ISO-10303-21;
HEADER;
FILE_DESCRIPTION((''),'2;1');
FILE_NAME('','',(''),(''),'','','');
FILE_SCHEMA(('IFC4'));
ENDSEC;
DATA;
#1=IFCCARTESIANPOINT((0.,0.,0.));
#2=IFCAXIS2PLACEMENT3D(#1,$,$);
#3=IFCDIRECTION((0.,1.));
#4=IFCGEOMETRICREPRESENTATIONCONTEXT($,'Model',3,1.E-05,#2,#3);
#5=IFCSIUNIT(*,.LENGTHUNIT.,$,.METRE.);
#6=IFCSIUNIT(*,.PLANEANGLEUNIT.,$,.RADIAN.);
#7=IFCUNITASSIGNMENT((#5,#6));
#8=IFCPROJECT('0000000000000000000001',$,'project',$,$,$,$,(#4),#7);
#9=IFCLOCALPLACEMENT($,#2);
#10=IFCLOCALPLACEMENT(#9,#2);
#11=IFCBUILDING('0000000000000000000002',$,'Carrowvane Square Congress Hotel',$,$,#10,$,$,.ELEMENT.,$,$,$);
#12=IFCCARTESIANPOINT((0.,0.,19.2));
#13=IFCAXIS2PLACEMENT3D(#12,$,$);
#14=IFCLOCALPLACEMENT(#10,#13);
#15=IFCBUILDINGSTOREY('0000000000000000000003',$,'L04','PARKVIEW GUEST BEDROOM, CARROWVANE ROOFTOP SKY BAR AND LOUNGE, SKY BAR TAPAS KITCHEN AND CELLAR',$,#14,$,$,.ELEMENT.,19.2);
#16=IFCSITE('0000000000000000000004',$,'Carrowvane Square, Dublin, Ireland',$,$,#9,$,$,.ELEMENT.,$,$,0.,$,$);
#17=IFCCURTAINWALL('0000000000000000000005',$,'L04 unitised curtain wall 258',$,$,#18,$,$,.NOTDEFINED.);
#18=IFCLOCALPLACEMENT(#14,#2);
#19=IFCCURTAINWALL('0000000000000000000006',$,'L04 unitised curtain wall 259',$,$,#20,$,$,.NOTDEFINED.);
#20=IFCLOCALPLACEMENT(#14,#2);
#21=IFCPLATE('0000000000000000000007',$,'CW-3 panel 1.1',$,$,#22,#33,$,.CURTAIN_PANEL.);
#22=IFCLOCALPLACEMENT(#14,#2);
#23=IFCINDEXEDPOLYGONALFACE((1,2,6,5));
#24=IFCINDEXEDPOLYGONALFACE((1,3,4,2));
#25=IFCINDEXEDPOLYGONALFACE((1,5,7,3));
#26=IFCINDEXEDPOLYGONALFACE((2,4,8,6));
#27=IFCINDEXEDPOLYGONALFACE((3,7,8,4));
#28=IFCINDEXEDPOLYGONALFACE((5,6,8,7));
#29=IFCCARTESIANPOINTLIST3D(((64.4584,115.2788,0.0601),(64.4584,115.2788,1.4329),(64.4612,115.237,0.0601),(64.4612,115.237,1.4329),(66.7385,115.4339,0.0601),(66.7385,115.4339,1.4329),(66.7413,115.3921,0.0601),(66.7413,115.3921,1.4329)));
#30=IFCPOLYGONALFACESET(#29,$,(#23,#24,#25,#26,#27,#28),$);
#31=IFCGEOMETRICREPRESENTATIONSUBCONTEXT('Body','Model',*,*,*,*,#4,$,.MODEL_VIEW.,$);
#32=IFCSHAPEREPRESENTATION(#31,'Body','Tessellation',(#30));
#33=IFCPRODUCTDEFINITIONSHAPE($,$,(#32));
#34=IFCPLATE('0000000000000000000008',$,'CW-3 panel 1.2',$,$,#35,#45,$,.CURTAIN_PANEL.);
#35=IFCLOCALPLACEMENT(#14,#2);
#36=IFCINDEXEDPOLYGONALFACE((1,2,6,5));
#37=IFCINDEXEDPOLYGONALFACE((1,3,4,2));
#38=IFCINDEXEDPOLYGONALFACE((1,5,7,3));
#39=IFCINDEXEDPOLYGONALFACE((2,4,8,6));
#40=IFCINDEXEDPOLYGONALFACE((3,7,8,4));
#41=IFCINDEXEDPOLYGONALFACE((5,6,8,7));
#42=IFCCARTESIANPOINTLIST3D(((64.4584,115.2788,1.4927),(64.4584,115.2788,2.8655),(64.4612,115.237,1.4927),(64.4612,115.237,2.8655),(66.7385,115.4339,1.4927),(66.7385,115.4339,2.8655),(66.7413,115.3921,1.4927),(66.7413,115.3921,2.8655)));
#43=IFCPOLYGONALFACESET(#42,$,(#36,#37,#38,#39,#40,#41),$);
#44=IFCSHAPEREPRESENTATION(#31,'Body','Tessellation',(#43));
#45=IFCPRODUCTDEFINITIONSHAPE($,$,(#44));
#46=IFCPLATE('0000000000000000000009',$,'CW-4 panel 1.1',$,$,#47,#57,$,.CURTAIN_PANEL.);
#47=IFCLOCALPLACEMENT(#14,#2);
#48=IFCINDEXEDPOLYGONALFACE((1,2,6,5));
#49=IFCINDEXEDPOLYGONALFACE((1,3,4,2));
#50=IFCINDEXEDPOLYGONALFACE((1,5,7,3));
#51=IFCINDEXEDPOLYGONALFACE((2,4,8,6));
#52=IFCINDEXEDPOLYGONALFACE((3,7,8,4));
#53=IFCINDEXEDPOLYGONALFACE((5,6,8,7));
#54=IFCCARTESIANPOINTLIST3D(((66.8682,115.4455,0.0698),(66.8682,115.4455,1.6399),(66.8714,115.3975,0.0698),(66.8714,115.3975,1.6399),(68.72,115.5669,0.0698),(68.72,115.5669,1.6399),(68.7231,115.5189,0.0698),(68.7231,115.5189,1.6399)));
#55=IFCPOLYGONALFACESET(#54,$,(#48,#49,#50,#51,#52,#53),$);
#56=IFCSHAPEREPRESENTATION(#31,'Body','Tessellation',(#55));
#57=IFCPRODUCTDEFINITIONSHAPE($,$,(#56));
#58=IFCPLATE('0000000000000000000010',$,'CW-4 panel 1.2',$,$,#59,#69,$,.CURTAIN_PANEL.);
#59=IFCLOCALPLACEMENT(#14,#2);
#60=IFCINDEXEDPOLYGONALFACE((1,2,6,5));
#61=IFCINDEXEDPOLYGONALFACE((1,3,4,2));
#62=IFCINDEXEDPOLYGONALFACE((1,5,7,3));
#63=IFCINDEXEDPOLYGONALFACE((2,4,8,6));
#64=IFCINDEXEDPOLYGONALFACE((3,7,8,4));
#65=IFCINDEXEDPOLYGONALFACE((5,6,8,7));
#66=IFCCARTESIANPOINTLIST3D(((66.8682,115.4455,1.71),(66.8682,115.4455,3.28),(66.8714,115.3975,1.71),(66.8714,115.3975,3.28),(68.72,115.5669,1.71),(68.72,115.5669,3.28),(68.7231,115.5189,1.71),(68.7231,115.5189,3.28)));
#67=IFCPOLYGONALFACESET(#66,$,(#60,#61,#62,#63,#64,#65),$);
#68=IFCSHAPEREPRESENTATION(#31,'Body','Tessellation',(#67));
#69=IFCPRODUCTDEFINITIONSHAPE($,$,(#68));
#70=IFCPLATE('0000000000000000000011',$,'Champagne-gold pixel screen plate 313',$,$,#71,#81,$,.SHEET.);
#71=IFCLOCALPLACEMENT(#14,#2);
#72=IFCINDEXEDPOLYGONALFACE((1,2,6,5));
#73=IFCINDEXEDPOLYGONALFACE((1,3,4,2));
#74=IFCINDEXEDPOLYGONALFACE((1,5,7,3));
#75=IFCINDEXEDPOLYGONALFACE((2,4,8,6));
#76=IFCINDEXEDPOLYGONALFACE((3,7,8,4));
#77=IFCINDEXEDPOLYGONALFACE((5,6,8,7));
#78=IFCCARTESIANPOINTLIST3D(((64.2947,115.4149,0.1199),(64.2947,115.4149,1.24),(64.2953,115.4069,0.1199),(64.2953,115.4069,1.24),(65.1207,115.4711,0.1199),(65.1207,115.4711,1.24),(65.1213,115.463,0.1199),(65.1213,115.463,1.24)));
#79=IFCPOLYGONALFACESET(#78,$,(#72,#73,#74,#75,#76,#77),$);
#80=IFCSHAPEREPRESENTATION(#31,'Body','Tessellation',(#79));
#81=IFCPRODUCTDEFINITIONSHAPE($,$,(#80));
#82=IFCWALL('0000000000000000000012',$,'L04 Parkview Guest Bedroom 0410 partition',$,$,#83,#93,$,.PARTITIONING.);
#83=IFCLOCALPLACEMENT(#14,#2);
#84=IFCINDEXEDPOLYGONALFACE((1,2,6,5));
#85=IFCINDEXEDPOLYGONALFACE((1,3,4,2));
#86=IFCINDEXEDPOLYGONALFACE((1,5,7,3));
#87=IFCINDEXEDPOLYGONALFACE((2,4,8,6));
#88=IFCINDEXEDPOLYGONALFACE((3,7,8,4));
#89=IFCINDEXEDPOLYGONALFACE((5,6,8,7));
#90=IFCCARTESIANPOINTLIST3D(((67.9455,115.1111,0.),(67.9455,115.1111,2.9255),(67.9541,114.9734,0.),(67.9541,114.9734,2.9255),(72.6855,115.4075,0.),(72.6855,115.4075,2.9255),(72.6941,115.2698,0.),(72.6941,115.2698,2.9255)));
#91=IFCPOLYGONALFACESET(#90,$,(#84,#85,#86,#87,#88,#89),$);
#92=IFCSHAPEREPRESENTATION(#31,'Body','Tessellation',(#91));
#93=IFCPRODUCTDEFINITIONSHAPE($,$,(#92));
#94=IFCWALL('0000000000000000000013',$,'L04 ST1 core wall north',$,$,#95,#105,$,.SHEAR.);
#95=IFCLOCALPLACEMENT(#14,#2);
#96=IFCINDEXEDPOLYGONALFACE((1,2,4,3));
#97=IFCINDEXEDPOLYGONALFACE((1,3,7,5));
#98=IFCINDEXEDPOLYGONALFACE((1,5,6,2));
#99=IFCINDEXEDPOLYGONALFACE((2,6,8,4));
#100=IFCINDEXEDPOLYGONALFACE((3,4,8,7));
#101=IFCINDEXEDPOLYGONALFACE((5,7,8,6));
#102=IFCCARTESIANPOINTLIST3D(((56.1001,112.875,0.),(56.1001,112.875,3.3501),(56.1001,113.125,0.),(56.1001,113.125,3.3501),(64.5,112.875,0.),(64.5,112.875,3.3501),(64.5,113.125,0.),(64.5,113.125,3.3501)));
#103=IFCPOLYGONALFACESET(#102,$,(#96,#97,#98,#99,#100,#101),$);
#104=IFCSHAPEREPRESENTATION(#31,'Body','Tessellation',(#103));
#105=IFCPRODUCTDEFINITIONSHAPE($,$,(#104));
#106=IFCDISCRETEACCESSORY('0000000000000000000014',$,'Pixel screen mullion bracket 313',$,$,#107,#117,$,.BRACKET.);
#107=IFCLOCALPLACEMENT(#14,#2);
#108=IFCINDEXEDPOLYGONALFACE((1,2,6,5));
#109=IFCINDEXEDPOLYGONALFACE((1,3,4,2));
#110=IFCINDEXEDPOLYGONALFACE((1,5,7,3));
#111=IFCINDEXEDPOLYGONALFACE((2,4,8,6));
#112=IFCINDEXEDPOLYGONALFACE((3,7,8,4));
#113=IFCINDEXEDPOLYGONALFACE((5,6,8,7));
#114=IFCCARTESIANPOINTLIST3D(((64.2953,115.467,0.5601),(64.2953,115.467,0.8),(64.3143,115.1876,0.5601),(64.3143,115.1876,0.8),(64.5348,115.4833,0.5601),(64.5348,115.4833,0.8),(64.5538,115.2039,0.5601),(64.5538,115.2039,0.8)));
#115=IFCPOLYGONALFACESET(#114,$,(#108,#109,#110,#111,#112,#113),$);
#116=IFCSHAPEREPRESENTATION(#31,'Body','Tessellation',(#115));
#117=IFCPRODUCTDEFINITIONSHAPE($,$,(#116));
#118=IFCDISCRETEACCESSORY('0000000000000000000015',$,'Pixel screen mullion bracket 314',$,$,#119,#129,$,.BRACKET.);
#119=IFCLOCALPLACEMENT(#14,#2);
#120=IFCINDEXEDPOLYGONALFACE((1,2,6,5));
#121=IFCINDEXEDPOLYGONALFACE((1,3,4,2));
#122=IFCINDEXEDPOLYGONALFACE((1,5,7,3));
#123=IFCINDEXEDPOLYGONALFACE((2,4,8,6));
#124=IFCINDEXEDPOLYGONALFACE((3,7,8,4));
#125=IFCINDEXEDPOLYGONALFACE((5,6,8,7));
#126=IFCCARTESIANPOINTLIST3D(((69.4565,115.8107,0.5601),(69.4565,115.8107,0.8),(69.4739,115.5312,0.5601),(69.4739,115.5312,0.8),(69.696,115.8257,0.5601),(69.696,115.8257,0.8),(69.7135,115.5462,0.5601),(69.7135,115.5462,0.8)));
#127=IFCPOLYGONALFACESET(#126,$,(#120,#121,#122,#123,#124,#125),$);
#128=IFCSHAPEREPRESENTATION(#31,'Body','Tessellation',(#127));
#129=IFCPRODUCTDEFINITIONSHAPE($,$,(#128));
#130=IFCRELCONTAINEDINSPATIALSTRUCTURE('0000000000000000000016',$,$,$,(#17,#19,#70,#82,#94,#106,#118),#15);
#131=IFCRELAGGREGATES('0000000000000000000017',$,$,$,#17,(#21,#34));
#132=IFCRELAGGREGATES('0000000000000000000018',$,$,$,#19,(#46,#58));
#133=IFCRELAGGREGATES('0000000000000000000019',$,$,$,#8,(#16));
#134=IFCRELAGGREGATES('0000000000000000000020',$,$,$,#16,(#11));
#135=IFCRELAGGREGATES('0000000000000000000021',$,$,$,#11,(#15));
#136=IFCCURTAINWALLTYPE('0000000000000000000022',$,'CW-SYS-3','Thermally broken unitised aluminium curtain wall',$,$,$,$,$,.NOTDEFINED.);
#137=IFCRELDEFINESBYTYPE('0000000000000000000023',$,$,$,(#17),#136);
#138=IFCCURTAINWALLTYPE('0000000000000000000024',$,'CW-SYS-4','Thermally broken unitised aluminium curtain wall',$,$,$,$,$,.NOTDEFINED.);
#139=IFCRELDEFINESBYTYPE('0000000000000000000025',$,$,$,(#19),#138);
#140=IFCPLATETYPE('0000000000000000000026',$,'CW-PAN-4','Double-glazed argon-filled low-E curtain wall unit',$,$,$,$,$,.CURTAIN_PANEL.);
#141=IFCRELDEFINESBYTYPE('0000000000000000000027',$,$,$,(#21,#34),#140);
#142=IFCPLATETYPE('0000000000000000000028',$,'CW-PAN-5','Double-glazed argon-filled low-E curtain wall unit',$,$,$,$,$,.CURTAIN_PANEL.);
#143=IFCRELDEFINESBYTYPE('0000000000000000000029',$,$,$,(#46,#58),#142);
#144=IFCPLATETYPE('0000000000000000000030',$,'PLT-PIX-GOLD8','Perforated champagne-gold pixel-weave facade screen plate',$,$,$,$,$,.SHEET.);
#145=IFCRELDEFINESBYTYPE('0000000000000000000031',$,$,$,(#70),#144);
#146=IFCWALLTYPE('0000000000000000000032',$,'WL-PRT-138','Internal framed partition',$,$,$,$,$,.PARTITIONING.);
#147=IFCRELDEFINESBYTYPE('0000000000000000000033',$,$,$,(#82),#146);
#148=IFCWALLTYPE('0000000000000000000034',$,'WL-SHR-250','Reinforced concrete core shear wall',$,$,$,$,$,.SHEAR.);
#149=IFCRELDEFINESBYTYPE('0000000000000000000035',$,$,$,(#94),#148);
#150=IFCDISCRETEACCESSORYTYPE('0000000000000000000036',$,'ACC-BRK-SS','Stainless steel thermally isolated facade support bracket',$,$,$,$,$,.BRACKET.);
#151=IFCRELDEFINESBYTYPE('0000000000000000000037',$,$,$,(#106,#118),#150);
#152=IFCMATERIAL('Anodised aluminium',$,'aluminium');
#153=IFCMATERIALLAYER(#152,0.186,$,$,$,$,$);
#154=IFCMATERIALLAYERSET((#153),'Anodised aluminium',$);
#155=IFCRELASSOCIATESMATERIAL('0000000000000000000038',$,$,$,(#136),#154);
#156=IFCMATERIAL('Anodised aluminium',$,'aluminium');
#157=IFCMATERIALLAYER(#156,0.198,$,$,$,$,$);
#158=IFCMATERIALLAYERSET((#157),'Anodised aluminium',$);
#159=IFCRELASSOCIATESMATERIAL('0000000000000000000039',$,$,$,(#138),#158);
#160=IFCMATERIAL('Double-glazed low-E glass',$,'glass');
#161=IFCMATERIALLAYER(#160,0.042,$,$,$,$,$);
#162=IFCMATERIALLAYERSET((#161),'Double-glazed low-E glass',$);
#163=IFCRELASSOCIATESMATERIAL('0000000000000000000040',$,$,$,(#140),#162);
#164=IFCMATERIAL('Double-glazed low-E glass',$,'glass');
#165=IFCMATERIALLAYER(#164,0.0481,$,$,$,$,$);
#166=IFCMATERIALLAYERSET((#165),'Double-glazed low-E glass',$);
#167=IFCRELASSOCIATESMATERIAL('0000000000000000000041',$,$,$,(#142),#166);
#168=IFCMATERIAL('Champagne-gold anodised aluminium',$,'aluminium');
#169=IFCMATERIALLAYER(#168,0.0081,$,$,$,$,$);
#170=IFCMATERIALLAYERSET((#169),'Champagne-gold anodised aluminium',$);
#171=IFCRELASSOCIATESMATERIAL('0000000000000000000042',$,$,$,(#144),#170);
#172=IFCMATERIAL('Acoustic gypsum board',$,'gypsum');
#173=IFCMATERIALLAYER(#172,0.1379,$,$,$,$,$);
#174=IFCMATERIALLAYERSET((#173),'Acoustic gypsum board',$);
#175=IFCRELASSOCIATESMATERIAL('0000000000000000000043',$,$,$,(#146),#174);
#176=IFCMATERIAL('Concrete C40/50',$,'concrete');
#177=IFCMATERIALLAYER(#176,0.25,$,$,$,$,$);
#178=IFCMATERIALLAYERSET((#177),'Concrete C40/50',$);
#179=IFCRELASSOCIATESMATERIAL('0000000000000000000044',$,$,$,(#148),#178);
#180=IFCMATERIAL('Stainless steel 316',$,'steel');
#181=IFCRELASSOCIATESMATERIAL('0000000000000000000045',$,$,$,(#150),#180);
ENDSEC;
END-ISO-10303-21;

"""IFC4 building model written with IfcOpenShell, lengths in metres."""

from ifc_helpers import new_model, si_unit, direction, frame, frame_2d, origin, origin_2d, place, context, subcontext, project, spatial, rectangle, extrude, material, layer, layer_set, type_object, element, aggregate, save


model = new_model("IFC4")

# Units and contexts
model_context = context("Model", 3, precision=1e-05, world=origin(), true_north=direction((0.0, 1.0)))
body_context = subcontext(model_context, "Body", "Model", "MODEL_VIEW")
ifc_project = project(units=[si_unit("LENGTHUNIT", "METRE"), si_unit("PLANEANGLEUNIT", "RADIAN")], contexts=[model_context])

# Site, building, storey
site_placement = place(None, origin())
site = spatial("IfcSite", under=ifc_project, at=site_placement, Name="Carrowvane Square, Dublin, Ireland", CompositionType="ELEMENT", RefElevation=0.0)
building_placement = place(site_placement, origin())
building = spatial("IfcBuilding", under=site, at=building_placement, Name="Carrowvane Square Congress Hotel", CompositionType="ELEMENT")
storey_placement = place(building_placement, frame((0.0, 0.0, 19.2)))
storey = spatial("IfcBuildingStorey", under=building, at=storey_placement, Name="L04", Description="PARKVIEW GUEST BEDROOM, CARROWVANE ROOFTOP SKY BAR AND LOUNGE, SKY BAR TAPAS KITCHEN AND CELLAR", CompositionType="ELEMENT", Elevation=19.2)

# Curtain wall
ifc_material_1 = material(Name="Anodised aluminium", Category="aluminium")
ifc_layer_1 = layer(ifc_material_1, 0.186)
ifc_layer_set_1 = layer_set([ifc_layer_1], Name="Anodised aluminium")
curtain_wall_type_1 = type_object("IfcCurtainWallType", Name="CW-SYS-3", Description="Thermally broken unitised aluminium curtain wall", PredefinedType="NOTDEFINED", material=ifc_layer_set_1)
curtain_wall_1_placement = place(storey_placement, origin())
curtain_wall_1 = element("IfcCurtainWall", 1, at=curtain_wall_1_placement, inside=storey, type_object=curtain_wall_type_1, Name="L04 unitised curtain wall 258", PredefinedType="NOTDEFINED")

# Curtain wall
ifc_material_2 = material(Name="Anodised aluminium", Category="aluminium")
ifc_layer_2 = layer(ifc_material_2, 0.198)
ifc_layer_set_2 = layer_set([ifc_layer_2], Name="Anodised aluminium")
curtain_wall_type_2 = type_object("IfcCurtainWallType", Name="CW-SYS-4", Description="Thermally broken unitised aluminium curtain wall", PredefinedType="NOTDEFINED", material=ifc_layer_set_2)
curtain_wall_2_placement = place(storey_placement, origin())
curtain_wall_2 = element("IfcCurtainWall", 2, at=curtain_wall_2_placement, inside=storey, type_object=curtain_wall_type_2, Name="L04 unitised curtain wall 259", PredefinedType="NOTDEFINED")

# Plates
ifc_material_3 = material(Name="Double-glazed low-E glass", Category="glass")
ifc_layer_3 = layer(ifc_material_3, 0.042)
ifc_layer_set_3 = layer_set([ifc_layer_3], Name="Double-glazed low-E glass")
plate_type_1 = type_object("IfcPlateType", Name="CW-PAN-4", Description="Double-glazed argon-filled low-E curtain wall unit", PredefinedType="CURTAIN_PANEL", material=ifc_layer_set_3)
plate_1_placement = place(storey_placement, frame((65.5999, 115.3354, 0.0601), z_axis=(0.0, 0.0, 1.0), x_axis=(0.997694, 0.067865, 0.0)))
plate_1 = element("IfcPlate", 3, at=plate_1_placement, type_object=plate_type_1, Name="CW-3 panel 1.1", PredefinedType="CURTAIN_PANEL", context=body_context, shape_type="SweptSolid", body=[
    extrude(rectangle(XDim=2.2854, YDim=0.042, at=origin_2d()), origin(), (0.0, 0.0, 1.0), 1.3728),
])
plate_2_placement = place(storey_placement, frame((65.5999, 115.3354, 1.4927), z_axis=(0.0, 0.0, 1.0), x_axis=(0.997694, 0.067865, 0.0)))
plate_2 = element("IfcPlate", 4, at=plate_2_placement, type_object=plate_type_1, Name="CW-3 panel 1.2", PredefinedType="CURTAIN_PANEL", context=body_context, shape_type="SweptSolid", body=[
    extrude(rectangle(XDim=2.2854, YDim=0.042, at=origin_2d()), origin(), (0.0, 0.0, 1.0), 1.3728),
])
aggregate(curtain_wall_1, [plate_1, plate_2])
ifc_material_4 = material(Name="Double-glazed low-E glass", Category="glass")
ifc_layer_4 = layer(ifc_material_4, 0.0481)
ifc_layer_set_4 = layer_set([ifc_layer_4], Name="Double-glazed low-E glass")
plate_type_2 = type_object("IfcPlateType", Name="CW-PAN-5", Description="Double-glazed argon-filled low-E curtain wall unit", PredefinedType="CURTAIN_PANEL", material=ifc_layer_set_4)
plate_3_placement = place(storey_placement, frame((67.7957, 115.4822, 0.0698), z_axis=(0.0, 0.0, 1.0), x_axis=(0.997858, 0.065412, 0.0)))
plate_3 = element("IfcPlate", 5, at=plate_3_placement, type_object=plate_type_2, Name="CW-4 panel 1.1", PredefinedType="CURTAIN_PANEL", context=body_context, shape_type="SweptSolid", body=[
    extrude(rectangle(XDim=1.8557, YDim=0.0481, at=origin_2d()), origin(), (0.0, 0.0, 1.0), 1.5701),
])
plate_4_placement = place(storey_placement, frame((67.7957, 115.4822, 1.71), z_axis=(0.0, 0.0, 1.0), x_axis=(0.997858, 0.065412, 0.0)))
plate_4 = element("IfcPlate", 6, at=plate_4_placement, type_object=plate_type_2, Name="CW-4 panel 1.2", PredefinedType="CURTAIN_PANEL", context=body_context, shape_type="SweptSolid", body=[
    extrude(rectangle(XDim=1.8557, YDim=0.0481, at=origin_2d()), origin(), (0.0, 0.0, 1.0), 1.5701),
])
aggregate(curtain_wall_2, [plate_3, plate_4])
ifc_material_5 = material(Name="Champagne-gold anodised aluminium", Category="aluminium")
ifc_layer_5 = layer(ifc_material_5, 0.0081)
ifc_layer_set_5 = layer_set([ifc_layer_5], Name="Champagne-gold anodised aluminium")
plate_type_3 = type_object("IfcPlateType", Name="PLT-PIX-GOLD8", Description="Perforated champagne-gold pixel-weave facade screen plate", PredefinedType="SHEET", material=ifc_layer_set_5)
plate_5_placement = place(storey_placement, frame((64.708, 115.439, 0.1199), z_axis=(0.0, 0.0, 1.0), x_axis=(0.997694, 0.067866, 0.0)))
element("IfcPlate", 7, at=plate_5_placement, inside=storey, type_object=plate_type_3, Name="Champagne-gold pixel screen plate 313", PredefinedType="SHEET", context=body_context, shape_type="SweptSolid", body=[
    extrude(rectangle(XDim=0.8279, YDim=0.0081, at=origin_2d()), origin(), (0.0, 0.0, 1.0), 1.1201),
])

# Walls
ifc_material_6 = material(Name="Acoustic gypsum board", Category="gypsum")
ifc_layer_6 = layer(ifc_material_6, 0.1379)
ifc_layer_set_6 = layer_set([ifc_layer_6], Name="Acoustic gypsum board")
wall_type_1 = type_object("IfcWallType", Name="WL-PRT-138", Description="Internal framed partition", PredefinedType="PARTITIONING", material=ifc_layer_set_6)
wall_1_placement = place(storey_placement, frame((67.95, 115.0422, 0.0), z_axis=(0.0, 0.0, 1.0), x_axis=(0.998051, 0.062407, 0.0)))
element("IfcWall", 8, at=wall_1_placement, inside=storey, type_object=wall_type_1, Name="L04 Parkview Guest Bedroom 0410 partition", PredefinedType="PARTITIONING", context=body_context, shape_type="SweptSolid", body=[
    extrude(rectangle(XDim=4.7493, YDim=0.1379, at=frame_2d((2.3745, 0.0))), origin(), (0.0, 0.0, 1.0), 2.9255),
])
ifc_material_7 = material(Name="Concrete C40/50", Category="concrete")
ifc_layer_7 = layer(ifc_material_7, 0.25)
ifc_layer_set_7 = layer_set([ifc_layer_7], Name="Concrete C40/50")
wall_type_2 = type_object("IfcWallType", Name="WL-SHR-250", Description="Reinforced concrete core shear wall", PredefinedType="SHEAR", material=ifc_layer_set_7)
wall_2_placement = place(storey_placement, frame((64.5, 113.0, 0.0), z_axis=(0.0, 0.0, 1.0), x_axis=(-1.0, 0.0, 0.0)))
element("IfcWall", 9, at=wall_2_placement, inside=storey, type_object=wall_type_2, Name="L04 ST1 core wall north", PredefinedType="SHEAR", context=body_context, shape_type="SweptSolid", body=[
    extrude(rectangle(XDim=8.3999, YDim=0.25, at=frame_2d((4.2, 0.0))), origin(), (0.0, 0.0, 1.0), 3.3501),
])

# Discrete accessories
ifc_material_8 = material(Name="Stainless steel 316", Category="steel")
discrete_accessory_type = type_object("IfcDiscreteAccessoryType", Name="ACC-BRK-SS", Description="Stainless steel thermally isolated facade support bracket", PredefinedType="BRACKET", material=ifc_material_8)
for number, where, z_axis, x_axis, name in (
    (10, (64.4246, 115.3354, 0.5601), (0.0, 0.0, 1.0), (0.997694, 0.067866, 0.0), "Pixel screen mullion bracket 313"),
    (11, (69.585, 115.6785, 0.5601), (0.0, 0.0, 1.0), (0.998051, 0.062397, 0.0), "Pixel screen mullion bracket 314"),
):
    element("IfcDiscreteAccessory", number, at=place(storey_placement, frame(where, z_axis=z_axis, x_axis=x_axis)), inside=storey, type_object=discrete_accessory_type, Name=name, PredefinedType="BRACKET", context=body_context, shape_type="SweptSolid", body=[
        extrude(rectangle(XDim=0.24, YDim=0.28, at=origin_2d()), origin(), (0.0, 0.0, 1.0), 0.24),
    ])

save(model, "model.ifc")
